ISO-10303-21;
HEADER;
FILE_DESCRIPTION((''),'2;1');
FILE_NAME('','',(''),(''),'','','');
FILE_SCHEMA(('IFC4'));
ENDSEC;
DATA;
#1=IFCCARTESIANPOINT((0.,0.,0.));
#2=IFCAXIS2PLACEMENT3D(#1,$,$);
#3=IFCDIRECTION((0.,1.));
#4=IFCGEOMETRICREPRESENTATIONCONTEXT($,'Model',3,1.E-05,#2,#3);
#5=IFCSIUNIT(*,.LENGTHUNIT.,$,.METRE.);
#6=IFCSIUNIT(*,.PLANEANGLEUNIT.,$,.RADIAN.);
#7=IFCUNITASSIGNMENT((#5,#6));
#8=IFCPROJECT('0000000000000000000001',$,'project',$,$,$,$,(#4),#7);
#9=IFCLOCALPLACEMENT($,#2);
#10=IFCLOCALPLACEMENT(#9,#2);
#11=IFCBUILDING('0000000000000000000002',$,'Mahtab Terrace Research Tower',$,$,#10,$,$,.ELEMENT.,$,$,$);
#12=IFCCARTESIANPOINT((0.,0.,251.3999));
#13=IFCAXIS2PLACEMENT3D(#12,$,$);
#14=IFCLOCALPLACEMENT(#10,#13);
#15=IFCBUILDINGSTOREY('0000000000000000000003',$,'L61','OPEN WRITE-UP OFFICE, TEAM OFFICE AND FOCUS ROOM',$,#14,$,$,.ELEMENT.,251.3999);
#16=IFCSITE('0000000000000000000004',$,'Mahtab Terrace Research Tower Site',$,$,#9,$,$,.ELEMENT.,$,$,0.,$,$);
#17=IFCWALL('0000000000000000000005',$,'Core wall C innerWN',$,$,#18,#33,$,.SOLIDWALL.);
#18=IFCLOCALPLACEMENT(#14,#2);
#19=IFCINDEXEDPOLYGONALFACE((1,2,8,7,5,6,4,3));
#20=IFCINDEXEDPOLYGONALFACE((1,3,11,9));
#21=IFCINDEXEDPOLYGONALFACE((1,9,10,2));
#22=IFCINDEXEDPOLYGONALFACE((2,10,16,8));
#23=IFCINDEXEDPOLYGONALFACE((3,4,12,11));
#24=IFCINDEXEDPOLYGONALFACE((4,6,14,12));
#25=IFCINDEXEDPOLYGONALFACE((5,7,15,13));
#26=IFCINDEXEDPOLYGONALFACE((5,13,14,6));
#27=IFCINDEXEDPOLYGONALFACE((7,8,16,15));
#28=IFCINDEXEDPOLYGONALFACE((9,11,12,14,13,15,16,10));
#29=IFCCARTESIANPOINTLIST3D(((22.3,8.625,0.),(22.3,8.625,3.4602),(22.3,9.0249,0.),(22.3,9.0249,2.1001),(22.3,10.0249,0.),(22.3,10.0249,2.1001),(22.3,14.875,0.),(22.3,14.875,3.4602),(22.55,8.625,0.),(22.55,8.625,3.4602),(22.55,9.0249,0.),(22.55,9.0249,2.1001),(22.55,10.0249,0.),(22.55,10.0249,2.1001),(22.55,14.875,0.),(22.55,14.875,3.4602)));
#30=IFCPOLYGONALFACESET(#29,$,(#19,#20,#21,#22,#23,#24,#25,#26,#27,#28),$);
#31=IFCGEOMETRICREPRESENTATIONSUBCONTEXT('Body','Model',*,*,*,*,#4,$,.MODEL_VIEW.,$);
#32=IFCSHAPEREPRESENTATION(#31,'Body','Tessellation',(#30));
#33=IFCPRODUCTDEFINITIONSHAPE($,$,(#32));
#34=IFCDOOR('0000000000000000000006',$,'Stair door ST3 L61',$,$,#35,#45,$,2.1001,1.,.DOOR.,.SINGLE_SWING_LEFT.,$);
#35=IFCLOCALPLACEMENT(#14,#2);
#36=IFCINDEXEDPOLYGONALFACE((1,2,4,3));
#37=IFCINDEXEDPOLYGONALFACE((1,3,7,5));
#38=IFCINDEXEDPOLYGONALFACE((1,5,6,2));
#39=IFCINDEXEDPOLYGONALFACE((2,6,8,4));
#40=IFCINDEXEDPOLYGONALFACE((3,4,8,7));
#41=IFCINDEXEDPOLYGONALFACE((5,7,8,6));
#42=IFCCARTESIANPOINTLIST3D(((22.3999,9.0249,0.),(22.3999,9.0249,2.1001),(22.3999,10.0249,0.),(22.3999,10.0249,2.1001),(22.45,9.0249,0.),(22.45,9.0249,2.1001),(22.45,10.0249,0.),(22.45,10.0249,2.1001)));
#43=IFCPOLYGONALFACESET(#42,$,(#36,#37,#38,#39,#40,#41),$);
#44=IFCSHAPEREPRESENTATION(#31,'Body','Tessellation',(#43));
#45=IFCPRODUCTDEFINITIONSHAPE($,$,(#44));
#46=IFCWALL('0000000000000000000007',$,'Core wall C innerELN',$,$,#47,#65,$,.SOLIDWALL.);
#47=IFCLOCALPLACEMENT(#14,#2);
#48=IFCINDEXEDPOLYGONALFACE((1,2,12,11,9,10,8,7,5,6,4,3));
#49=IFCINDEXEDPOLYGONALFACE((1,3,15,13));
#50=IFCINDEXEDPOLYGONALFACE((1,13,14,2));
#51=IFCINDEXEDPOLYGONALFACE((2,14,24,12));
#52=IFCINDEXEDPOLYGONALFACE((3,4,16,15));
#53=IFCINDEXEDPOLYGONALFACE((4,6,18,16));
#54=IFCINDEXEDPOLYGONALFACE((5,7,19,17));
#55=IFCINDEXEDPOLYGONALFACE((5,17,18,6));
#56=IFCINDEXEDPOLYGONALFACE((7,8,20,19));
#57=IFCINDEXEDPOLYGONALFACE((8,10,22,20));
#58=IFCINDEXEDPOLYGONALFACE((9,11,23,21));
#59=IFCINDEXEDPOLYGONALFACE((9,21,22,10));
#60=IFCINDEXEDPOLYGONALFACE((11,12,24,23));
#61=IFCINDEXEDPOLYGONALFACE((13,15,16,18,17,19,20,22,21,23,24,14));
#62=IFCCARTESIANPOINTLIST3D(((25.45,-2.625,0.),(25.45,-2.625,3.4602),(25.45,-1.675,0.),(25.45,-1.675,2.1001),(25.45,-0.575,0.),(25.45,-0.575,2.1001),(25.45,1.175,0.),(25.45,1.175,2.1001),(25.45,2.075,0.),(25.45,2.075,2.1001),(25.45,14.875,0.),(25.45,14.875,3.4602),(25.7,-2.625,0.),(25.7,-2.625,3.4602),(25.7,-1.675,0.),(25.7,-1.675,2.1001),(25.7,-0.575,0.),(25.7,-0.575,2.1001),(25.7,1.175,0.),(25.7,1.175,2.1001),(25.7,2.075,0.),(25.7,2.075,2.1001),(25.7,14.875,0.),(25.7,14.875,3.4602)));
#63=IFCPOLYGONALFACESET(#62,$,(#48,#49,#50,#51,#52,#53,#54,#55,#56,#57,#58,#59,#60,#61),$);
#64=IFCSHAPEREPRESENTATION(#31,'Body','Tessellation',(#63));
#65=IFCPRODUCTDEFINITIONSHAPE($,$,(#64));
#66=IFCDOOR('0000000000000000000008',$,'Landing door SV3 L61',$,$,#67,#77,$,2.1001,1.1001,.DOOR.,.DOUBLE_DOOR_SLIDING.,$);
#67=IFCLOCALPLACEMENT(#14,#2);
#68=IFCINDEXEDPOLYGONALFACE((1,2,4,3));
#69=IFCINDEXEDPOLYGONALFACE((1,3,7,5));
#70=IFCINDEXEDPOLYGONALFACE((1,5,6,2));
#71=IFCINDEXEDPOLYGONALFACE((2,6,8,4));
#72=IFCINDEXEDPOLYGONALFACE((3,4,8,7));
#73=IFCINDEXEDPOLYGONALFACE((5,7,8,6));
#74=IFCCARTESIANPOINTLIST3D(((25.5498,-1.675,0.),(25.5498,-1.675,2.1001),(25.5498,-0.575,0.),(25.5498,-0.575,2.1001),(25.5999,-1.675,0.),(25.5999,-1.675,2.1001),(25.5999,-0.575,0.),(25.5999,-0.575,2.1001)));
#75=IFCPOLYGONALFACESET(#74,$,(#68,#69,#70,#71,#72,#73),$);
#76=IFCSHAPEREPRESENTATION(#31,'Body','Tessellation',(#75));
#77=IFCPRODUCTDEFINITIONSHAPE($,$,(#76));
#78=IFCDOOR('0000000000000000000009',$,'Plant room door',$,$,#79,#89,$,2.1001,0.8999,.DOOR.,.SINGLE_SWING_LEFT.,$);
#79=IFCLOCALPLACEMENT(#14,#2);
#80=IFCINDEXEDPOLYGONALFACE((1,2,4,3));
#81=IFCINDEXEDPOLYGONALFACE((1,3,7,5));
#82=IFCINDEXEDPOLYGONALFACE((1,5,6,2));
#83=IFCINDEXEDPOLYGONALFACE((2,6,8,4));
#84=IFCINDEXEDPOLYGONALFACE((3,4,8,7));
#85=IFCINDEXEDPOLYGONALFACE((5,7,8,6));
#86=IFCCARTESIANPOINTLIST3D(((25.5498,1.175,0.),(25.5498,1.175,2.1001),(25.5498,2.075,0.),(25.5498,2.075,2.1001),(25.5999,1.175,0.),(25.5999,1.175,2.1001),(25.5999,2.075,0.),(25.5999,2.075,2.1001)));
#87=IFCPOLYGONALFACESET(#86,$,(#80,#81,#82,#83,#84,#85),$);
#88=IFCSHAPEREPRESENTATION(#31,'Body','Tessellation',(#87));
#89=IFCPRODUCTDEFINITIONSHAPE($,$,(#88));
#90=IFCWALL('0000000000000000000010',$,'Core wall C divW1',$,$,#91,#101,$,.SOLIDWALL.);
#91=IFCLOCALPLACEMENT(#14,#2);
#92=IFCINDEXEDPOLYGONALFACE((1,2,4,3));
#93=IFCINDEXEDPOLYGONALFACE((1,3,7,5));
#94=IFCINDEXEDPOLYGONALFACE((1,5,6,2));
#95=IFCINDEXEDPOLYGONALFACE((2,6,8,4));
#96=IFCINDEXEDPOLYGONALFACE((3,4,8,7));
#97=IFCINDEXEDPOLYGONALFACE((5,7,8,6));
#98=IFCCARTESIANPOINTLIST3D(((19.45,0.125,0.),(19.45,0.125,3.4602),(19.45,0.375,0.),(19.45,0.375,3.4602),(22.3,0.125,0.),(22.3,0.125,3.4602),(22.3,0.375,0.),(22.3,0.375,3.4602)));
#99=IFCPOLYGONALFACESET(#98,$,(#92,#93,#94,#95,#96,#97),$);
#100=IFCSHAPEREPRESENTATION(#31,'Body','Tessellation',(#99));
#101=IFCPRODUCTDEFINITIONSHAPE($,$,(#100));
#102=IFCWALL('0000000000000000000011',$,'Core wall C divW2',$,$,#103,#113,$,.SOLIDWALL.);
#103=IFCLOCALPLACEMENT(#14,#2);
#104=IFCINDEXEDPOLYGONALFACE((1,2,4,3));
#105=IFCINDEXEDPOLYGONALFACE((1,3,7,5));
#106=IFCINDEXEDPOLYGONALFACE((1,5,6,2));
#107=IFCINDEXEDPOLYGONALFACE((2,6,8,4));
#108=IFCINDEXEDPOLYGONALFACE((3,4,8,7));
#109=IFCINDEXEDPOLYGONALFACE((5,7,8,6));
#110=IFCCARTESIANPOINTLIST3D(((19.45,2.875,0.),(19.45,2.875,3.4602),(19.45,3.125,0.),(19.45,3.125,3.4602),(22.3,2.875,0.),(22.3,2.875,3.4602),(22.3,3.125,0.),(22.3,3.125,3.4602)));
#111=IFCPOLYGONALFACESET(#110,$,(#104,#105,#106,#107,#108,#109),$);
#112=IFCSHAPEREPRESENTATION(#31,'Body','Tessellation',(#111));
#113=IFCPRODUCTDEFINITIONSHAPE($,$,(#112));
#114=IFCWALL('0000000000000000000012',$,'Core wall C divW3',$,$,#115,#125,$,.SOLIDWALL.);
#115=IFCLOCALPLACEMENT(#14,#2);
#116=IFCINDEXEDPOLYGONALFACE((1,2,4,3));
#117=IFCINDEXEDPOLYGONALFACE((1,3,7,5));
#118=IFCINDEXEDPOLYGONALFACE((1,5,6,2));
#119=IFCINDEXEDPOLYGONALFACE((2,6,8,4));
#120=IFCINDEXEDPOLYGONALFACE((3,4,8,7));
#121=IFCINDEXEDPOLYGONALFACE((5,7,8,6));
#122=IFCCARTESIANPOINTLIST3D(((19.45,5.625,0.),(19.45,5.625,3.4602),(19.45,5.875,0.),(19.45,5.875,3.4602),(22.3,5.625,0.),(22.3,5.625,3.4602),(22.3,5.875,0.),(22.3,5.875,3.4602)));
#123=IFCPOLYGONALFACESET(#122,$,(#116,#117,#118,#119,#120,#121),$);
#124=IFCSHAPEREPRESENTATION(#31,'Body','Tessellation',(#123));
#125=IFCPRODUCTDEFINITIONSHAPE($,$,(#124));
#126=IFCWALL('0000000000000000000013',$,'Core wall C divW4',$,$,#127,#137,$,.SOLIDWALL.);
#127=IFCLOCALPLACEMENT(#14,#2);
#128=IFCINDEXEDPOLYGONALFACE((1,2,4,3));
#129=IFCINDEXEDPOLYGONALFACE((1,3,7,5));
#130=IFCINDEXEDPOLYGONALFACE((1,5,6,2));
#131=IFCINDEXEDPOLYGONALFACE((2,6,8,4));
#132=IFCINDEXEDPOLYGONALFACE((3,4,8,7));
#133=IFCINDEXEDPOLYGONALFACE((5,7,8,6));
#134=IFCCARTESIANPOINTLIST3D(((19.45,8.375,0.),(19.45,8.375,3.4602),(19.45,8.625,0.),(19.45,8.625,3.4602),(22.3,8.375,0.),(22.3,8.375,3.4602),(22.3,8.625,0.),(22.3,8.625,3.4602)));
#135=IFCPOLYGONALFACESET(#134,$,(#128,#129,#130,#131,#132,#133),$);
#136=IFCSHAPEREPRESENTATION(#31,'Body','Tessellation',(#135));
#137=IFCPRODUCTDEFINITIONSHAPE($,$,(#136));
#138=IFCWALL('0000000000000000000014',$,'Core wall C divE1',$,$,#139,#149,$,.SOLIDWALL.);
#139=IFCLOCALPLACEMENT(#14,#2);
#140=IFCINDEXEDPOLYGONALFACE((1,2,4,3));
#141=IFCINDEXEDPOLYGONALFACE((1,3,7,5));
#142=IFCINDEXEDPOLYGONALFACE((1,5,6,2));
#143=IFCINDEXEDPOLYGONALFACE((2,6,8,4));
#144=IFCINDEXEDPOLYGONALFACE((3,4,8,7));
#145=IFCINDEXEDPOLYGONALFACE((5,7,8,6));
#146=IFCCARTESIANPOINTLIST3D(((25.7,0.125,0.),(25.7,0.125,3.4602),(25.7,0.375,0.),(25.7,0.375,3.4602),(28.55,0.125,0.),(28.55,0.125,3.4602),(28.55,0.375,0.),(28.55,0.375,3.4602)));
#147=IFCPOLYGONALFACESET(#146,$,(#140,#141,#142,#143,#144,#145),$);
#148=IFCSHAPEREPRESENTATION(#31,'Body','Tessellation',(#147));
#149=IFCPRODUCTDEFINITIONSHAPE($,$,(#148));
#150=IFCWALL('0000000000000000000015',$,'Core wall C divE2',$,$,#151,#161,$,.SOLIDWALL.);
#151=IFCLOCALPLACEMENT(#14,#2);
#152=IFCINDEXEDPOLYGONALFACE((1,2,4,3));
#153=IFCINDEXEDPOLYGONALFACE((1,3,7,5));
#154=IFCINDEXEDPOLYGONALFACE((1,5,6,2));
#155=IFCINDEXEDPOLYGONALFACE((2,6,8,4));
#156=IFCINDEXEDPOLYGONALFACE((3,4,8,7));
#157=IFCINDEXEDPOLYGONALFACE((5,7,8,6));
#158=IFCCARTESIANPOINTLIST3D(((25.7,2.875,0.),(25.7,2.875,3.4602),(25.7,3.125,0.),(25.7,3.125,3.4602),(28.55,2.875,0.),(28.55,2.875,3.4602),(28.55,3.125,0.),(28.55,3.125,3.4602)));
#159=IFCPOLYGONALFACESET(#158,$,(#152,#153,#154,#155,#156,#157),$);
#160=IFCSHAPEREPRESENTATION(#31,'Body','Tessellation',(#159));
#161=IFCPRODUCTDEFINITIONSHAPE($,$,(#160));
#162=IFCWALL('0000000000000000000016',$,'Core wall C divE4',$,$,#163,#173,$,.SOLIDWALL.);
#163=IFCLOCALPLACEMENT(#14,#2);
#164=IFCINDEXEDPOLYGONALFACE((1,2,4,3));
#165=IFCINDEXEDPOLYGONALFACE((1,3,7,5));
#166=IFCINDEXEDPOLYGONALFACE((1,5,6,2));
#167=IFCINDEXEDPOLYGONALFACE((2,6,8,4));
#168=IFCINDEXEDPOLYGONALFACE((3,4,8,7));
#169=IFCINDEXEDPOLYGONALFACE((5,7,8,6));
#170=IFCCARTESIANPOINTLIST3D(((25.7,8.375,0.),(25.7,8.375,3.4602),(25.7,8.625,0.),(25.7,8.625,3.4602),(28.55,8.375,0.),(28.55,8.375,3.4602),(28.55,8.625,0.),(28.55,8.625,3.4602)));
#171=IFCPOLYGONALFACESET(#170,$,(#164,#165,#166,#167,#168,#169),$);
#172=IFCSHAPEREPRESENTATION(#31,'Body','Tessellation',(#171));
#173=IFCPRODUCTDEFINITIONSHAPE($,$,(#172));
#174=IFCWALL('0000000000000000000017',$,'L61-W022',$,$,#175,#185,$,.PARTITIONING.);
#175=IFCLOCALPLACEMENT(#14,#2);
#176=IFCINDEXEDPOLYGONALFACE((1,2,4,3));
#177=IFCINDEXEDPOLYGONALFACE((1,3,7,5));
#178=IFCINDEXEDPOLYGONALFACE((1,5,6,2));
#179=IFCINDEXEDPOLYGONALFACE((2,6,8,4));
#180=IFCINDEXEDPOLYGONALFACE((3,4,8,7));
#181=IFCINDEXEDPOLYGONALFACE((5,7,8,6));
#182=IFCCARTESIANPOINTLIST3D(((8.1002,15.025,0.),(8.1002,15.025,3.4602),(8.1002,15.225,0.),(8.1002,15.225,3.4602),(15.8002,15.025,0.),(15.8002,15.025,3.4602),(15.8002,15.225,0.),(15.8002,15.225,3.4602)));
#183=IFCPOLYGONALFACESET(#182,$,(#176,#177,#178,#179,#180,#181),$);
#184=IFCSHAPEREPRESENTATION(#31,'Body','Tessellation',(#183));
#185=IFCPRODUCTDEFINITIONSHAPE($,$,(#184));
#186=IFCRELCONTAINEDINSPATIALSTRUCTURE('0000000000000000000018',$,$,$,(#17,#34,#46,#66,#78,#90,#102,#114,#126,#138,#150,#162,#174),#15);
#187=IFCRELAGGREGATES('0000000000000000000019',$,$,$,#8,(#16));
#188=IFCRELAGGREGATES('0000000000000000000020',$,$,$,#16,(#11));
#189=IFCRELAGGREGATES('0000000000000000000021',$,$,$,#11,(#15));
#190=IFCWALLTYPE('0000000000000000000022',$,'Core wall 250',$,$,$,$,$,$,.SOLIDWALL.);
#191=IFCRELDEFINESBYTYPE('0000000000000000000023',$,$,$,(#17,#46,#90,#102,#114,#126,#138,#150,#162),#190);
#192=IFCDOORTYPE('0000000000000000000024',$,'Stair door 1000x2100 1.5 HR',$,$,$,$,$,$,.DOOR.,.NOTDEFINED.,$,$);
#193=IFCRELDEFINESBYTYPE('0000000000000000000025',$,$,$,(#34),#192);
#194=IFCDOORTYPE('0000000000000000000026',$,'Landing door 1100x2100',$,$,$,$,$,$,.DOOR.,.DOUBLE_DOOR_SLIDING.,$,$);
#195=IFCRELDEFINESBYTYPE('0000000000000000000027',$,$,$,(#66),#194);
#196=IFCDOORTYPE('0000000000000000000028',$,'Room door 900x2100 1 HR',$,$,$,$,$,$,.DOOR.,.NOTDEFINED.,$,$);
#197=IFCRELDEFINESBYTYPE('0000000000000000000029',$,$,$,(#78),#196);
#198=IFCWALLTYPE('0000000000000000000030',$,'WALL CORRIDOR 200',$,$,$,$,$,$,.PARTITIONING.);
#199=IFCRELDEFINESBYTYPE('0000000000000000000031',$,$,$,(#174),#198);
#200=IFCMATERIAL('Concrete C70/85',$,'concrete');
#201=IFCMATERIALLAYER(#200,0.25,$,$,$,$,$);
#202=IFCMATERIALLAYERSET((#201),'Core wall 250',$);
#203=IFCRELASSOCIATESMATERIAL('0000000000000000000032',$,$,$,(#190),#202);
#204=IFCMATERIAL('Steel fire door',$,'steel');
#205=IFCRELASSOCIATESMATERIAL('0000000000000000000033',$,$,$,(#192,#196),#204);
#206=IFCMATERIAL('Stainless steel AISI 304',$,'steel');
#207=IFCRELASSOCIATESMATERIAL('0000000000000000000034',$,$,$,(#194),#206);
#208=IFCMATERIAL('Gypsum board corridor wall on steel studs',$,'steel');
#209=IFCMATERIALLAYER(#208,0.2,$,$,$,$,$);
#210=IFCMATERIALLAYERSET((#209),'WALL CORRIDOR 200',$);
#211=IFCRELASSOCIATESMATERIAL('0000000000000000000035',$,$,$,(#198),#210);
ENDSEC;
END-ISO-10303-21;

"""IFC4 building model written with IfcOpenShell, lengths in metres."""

from ifc_helpers import new_model, si_unit, direction, frame, frame_2d, origin, place, context, subcontext, project, spatial, rectangle, extrude, material, layer, layer_set, type_object, element, fill, save


model = new_model("IFC4")

# Units and contexts
model_context = context("Model", 3, precision=1e-05, world=origin(), true_north=direction((0.0, 1.0)))
body_context = subcontext(model_context, "Body", "Model", "MODEL_VIEW")
ifc_project = project(units=[si_unit("LENGTHUNIT", "METRE"), si_unit("PLANEANGLEUNIT", "RADIAN")], contexts=[model_context])

# Site, building, storey
site_placement = place(None, origin())
site = spatial("IfcSite", under=ifc_project, at=site_placement, Name="Mahtab Terrace Research Tower Site", CompositionType="ELEMENT", RefElevation=0.0)
building_placement = place(site_placement, origin())
building = spatial("IfcBuilding", under=site, at=building_placement, Name="Mahtab Terrace Research Tower", CompositionType="ELEMENT")
storey_placement = place(building_placement, frame((0.0, 0.0, 251.3999)))
storey = spatial("IfcBuildingStorey", under=building, at=storey_placement, Name="L61", Description="OPEN WRITE-UP OFFICE, TEAM OFFICE AND FOCUS ROOM", CompositionType="ELEMENT", Elevation=251.3999)

# Shared definitions
ifc_material_1 = material(Name="Concrete C70/85", Category="concrete")

# Shared definitions
ifc_layer_1 = layer(ifc_material_1, 0.25)
ifc_layer_set_1 = layer_set([ifc_layer_1], Name="Core wall 250")
wall_type_1 = type_object("IfcWallType", Name="Core wall 250", PredefinedType="SOLIDWALL", material=ifc_layer_set_1)

# Wall, opening, door
ifc_material_2 = material(Name="Steel fire door", Category="steel")
wall_1_placement = place(storey_placement, frame((22.425, 14.875, 0.0), z_axis=(0.0, 0.0, 1.0), x_axis=(0.0, -1.0, 0.0)))
wall_1 = element("IfcWall", 1, at=wall_1_placement, inside=storey, type_object=wall_type_1, Name="Core wall C innerWN", PredefinedType="SOLIDWALL", context=body_context, shape_type="SweptSolid", body=[
    extrude(rectangle(XDim=6.25, YDim=0.25, at=frame_2d((3.125, 0.0))), origin(), (0.0, 0.0, 1.0), 3.4602),
])
opening_1_placement = place(wall_1_placement, frame((4.8501, 0.0, 0.0)))
opening_1 = element("IfcOpeningElement", 2, at=opening_1_placement, cuts=wall_1, PredefinedType="OPENING", context=body_context, shape_type="SweptSolid", body=[
    extrude(rectangle(XDim=1.0, YDim=2.1001, at=frame_2d((0.5, 1.05))), frame((0.0, 0.135, 0.0), z_axis=(0.0, -1.0, 0.0), x_axis=(1.0, 0.0, 0.0)), (0.0, 0.0, 1.0), 0.27),
])
door_type_1 = type_object("IfcDoorType", Name="Stair door 1000x2100 1.5 HR", OperationType="NOTDEFINED", PredefinedType="DOOR", material=ifc_material_2)
door_1_placement = place(opening_1_placement, origin())
door_1 = element("IfcDoor", 3, at=door_1_placement, inside=storey, type_object=door_type_1, Name="Stair door ST3 L61", OperationType="SINGLE_SWING_LEFT", OverallHeight=2.1001, OverallWidth=1.0, PredefinedType="DOOR", context=body_context, shape_type="SweptSolid", body=[
    extrude(rectangle(XDim=1.0, YDim=2.1001, at=frame_2d((0.5, 1.05))), frame((0.0, 0.0249, 0.0), z_axis=(0.0, -1.0, 0.0), x_axis=(1.0, 0.0, 0.0)), (0.0, 0.0, 1.0), 0.05),
])
fill(opening_1, door_1)

# Wall, openings, doors
wall_2_placement = place(storey_placement, frame((25.575, 14.875, 0.0), z_axis=(0.0, 0.0, 1.0), x_axis=(0.0, -1.0, 0.0)))
wall_2 = element("IfcWall", 4, at=wall_2_placement, inside=storey, type_object=wall_type_1, Name="Core wall C innerELN", PredefinedType="SOLIDWALL", context=body_context, shape_type="SweptSolid", body=[
    extrude(rectangle(XDim=17.5, YDim=0.25, at=frame_2d((8.75, 0.0))), origin(), (0.0, 0.0, 1.0), 3.4602),
])
opening_2_placement = place(wall_2_placement, frame((15.45, 0.0, 0.0)))
opening_2 = element("IfcOpeningElement", 5, at=opening_2_placement, cuts=wall_2, PredefinedType="OPENING", context=body_context, shape_type="SweptSolid", body=[
    extrude(rectangle(XDim=1.1001, YDim=2.1001, at=frame_2d((0.55, 1.05))), frame((0.0, 0.135, 0.0), z_axis=(0.0, -1.0, 0.0), x_axis=(1.0, 0.0, 0.0)), (0.0, 0.0, 1.0), 0.27),
])
opening_3_placement = place(wall_2_placement, frame((12.8, 0.0, 0.0)))
opening_3 = element("IfcOpeningElement", 6, at=opening_3_placement, cuts=wall_2, PredefinedType="OPENING", context=body_context, shape_type="SweptSolid", body=[
    extrude(rectangle(XDim=0.8999, YDim=2.1001, at=frame_2d((0.45, 1.05))), frame((0.0, 0.135, 0.0), z_axis=(0.0, -1.0, 0.0), x_axis=(1.0, 0.0, 0.0)), (0.0, 0.0, 1.0), 0.27),
])
ifc_material_3 = material(Name="Stainless steel AISI 304", Category="steel")
door_type_2 = type_object("IfcDoorType", Name="Landing door 1100x2100", OperationType="DOUBLE_DOOR_SLIDING", PredefinedType="DOOR", material=ifc_material_3)
door_2_placement = place(opening_2_placement, origin())
door_2 = element("IfcDoor", 7, at=door_2_placement, inside=storey, type_object=door_type_2, Name="Landing door SV3 L61", OperationType="DOUBLE_DOOR_SLIDING", OverallHeight=2.1001, OverallWidth=1.1001, PredefinedType="DOOR", context=body_context, shape_type="SweptSolid", body=[
    extrude(rectangle(XDim=1.1001, YDim=2.1001, at=frame_2d((0.55, 1.05))), frame((0.0, 0.0249, 0.0), z_axis=(0.0, -1.0, 0.0), x_axis=(1.0, 0.0, 0.0)), (0.0, 0.0, 1.0), 0.05),
])
fill(opening_2, door_2)
door_type_3 = type_object("IfcDoorType", Name="Room door 900x2100 1 HR", OperationType="NOTDEFINED", PredefinedType="DOOR", material=ifc_material_2)
door_3_placement = place(opening_3_placement, origin())
door_3 = element("IfcDoor", 8, at=door_3_placement, inside=storey, type_object=door_type_3, Name="Plant room door", OperationType="SINGLE_SWING_LEFT", OverallHeight=2.1001, OverallWidth=0.8999, PredefinedType="DOOR", context=body_context, shape_type="SweptSolid", body=[
    extrude(rectangle(XDim=0.8999, YDim=2.1001, at=frame_2d((0.45, 1.05))), frame((0.0, 0.0249, 0.0), z_axis=(0.0, -1.0, 0.0), x_axis=(1.0, 0.0, 0.0)), (0.0, 0.0, 1.0), 0.05),
])
fill(opening_3, door_3)

# Walls
for number, where, z_axis, x_axis, name in (
    (9, (19.45, 0.25, 0.0), (0.0, 0.0, 1.0), (1.0, 0.0, 0.0), "Core wall C divW1"),
    (10, (19.45, 3.0, 0.0), (0.0, 0.0, 1.0), (1.0, 0.0, 0.0), "Core wall C divW2"),
    (11, (19.45, 5.75, 0.0), (0.0, 0.0, 1.0), (1.0, 0.0, 0.0), "Core wall C divW3"),
    (12, (19.45, 8.5, 0.0), (0.0, 0.0, 1.0), (1.0, 0.0, 0.0), "Core wall C divW4"),
    (13, (25.7, 0.25, 0.0), (0.0, 0.0, 1.0), (1.0, 0.0, 0.0), "Core wall C divE1"),
    (14, (25.7, 3.0, 0.0), (0.0, 0.0, 1.0), (1.0, 0.0, 0.0), "Core wall C divE2"),
    (15, (25.7, 8.5, 0.0), (0.0, 0.0, 1.0), (1.0, 0.0, 0.0), "Core wall C divE4"),
):
    element("IfcWall", number, at=place(storey_placement, frame(where, z_axis=z_axis, x_axis=x_axis)), inside=storey, type_object=wall_type_1, Name=name, PredefinedType="SOLIDWALL", context=body_context, shape_type="SweptSolid", body=[
        extrude(rectangle(XDim=2.8501, YDim=0.25, at=frame_2d((1.425, 0.0))), origin(), (0.0, 0.0, 1.0), 3.4602),
    ])
ifc_material_4 = material(Name="Gypsum board corridor wall on steel studs", Category="steel")
ifc_layer_2 = layer(ifc_material_4, 0.2)
ifc_layer_set_2 = layer_set([ifc_layer_2], Name="WALL CORRIDOR 200")
wall_type_2 = type_object("IfcWallType", Name="WALL CORRIDOR 200", PredefinedType="PARTITIONING", material=ifc_layer_set_2)
wall_3_placement = place(storey_placement, frame((8.1001, 15.125, 0.0), z_axis=(0.0, 0.0, 1.0), x_axis=(1.0, 0.0, 0.0)))
element("IfcWall", 16, at=wall_3_placement, inside=storey, type_object=wall_type_2, Name="L61-W022", PredefinedType="PARTITIONING", context=body_context, shape_type="SweptSolid", body=[
    extrude(rectangle(XDim=7.7, YDim=0.2, at=frame_2d((3.8501, 0.0))), origin(), (0.0, 0.0, 1.0), 3.4602),
])

save(model, "model.ifc")
